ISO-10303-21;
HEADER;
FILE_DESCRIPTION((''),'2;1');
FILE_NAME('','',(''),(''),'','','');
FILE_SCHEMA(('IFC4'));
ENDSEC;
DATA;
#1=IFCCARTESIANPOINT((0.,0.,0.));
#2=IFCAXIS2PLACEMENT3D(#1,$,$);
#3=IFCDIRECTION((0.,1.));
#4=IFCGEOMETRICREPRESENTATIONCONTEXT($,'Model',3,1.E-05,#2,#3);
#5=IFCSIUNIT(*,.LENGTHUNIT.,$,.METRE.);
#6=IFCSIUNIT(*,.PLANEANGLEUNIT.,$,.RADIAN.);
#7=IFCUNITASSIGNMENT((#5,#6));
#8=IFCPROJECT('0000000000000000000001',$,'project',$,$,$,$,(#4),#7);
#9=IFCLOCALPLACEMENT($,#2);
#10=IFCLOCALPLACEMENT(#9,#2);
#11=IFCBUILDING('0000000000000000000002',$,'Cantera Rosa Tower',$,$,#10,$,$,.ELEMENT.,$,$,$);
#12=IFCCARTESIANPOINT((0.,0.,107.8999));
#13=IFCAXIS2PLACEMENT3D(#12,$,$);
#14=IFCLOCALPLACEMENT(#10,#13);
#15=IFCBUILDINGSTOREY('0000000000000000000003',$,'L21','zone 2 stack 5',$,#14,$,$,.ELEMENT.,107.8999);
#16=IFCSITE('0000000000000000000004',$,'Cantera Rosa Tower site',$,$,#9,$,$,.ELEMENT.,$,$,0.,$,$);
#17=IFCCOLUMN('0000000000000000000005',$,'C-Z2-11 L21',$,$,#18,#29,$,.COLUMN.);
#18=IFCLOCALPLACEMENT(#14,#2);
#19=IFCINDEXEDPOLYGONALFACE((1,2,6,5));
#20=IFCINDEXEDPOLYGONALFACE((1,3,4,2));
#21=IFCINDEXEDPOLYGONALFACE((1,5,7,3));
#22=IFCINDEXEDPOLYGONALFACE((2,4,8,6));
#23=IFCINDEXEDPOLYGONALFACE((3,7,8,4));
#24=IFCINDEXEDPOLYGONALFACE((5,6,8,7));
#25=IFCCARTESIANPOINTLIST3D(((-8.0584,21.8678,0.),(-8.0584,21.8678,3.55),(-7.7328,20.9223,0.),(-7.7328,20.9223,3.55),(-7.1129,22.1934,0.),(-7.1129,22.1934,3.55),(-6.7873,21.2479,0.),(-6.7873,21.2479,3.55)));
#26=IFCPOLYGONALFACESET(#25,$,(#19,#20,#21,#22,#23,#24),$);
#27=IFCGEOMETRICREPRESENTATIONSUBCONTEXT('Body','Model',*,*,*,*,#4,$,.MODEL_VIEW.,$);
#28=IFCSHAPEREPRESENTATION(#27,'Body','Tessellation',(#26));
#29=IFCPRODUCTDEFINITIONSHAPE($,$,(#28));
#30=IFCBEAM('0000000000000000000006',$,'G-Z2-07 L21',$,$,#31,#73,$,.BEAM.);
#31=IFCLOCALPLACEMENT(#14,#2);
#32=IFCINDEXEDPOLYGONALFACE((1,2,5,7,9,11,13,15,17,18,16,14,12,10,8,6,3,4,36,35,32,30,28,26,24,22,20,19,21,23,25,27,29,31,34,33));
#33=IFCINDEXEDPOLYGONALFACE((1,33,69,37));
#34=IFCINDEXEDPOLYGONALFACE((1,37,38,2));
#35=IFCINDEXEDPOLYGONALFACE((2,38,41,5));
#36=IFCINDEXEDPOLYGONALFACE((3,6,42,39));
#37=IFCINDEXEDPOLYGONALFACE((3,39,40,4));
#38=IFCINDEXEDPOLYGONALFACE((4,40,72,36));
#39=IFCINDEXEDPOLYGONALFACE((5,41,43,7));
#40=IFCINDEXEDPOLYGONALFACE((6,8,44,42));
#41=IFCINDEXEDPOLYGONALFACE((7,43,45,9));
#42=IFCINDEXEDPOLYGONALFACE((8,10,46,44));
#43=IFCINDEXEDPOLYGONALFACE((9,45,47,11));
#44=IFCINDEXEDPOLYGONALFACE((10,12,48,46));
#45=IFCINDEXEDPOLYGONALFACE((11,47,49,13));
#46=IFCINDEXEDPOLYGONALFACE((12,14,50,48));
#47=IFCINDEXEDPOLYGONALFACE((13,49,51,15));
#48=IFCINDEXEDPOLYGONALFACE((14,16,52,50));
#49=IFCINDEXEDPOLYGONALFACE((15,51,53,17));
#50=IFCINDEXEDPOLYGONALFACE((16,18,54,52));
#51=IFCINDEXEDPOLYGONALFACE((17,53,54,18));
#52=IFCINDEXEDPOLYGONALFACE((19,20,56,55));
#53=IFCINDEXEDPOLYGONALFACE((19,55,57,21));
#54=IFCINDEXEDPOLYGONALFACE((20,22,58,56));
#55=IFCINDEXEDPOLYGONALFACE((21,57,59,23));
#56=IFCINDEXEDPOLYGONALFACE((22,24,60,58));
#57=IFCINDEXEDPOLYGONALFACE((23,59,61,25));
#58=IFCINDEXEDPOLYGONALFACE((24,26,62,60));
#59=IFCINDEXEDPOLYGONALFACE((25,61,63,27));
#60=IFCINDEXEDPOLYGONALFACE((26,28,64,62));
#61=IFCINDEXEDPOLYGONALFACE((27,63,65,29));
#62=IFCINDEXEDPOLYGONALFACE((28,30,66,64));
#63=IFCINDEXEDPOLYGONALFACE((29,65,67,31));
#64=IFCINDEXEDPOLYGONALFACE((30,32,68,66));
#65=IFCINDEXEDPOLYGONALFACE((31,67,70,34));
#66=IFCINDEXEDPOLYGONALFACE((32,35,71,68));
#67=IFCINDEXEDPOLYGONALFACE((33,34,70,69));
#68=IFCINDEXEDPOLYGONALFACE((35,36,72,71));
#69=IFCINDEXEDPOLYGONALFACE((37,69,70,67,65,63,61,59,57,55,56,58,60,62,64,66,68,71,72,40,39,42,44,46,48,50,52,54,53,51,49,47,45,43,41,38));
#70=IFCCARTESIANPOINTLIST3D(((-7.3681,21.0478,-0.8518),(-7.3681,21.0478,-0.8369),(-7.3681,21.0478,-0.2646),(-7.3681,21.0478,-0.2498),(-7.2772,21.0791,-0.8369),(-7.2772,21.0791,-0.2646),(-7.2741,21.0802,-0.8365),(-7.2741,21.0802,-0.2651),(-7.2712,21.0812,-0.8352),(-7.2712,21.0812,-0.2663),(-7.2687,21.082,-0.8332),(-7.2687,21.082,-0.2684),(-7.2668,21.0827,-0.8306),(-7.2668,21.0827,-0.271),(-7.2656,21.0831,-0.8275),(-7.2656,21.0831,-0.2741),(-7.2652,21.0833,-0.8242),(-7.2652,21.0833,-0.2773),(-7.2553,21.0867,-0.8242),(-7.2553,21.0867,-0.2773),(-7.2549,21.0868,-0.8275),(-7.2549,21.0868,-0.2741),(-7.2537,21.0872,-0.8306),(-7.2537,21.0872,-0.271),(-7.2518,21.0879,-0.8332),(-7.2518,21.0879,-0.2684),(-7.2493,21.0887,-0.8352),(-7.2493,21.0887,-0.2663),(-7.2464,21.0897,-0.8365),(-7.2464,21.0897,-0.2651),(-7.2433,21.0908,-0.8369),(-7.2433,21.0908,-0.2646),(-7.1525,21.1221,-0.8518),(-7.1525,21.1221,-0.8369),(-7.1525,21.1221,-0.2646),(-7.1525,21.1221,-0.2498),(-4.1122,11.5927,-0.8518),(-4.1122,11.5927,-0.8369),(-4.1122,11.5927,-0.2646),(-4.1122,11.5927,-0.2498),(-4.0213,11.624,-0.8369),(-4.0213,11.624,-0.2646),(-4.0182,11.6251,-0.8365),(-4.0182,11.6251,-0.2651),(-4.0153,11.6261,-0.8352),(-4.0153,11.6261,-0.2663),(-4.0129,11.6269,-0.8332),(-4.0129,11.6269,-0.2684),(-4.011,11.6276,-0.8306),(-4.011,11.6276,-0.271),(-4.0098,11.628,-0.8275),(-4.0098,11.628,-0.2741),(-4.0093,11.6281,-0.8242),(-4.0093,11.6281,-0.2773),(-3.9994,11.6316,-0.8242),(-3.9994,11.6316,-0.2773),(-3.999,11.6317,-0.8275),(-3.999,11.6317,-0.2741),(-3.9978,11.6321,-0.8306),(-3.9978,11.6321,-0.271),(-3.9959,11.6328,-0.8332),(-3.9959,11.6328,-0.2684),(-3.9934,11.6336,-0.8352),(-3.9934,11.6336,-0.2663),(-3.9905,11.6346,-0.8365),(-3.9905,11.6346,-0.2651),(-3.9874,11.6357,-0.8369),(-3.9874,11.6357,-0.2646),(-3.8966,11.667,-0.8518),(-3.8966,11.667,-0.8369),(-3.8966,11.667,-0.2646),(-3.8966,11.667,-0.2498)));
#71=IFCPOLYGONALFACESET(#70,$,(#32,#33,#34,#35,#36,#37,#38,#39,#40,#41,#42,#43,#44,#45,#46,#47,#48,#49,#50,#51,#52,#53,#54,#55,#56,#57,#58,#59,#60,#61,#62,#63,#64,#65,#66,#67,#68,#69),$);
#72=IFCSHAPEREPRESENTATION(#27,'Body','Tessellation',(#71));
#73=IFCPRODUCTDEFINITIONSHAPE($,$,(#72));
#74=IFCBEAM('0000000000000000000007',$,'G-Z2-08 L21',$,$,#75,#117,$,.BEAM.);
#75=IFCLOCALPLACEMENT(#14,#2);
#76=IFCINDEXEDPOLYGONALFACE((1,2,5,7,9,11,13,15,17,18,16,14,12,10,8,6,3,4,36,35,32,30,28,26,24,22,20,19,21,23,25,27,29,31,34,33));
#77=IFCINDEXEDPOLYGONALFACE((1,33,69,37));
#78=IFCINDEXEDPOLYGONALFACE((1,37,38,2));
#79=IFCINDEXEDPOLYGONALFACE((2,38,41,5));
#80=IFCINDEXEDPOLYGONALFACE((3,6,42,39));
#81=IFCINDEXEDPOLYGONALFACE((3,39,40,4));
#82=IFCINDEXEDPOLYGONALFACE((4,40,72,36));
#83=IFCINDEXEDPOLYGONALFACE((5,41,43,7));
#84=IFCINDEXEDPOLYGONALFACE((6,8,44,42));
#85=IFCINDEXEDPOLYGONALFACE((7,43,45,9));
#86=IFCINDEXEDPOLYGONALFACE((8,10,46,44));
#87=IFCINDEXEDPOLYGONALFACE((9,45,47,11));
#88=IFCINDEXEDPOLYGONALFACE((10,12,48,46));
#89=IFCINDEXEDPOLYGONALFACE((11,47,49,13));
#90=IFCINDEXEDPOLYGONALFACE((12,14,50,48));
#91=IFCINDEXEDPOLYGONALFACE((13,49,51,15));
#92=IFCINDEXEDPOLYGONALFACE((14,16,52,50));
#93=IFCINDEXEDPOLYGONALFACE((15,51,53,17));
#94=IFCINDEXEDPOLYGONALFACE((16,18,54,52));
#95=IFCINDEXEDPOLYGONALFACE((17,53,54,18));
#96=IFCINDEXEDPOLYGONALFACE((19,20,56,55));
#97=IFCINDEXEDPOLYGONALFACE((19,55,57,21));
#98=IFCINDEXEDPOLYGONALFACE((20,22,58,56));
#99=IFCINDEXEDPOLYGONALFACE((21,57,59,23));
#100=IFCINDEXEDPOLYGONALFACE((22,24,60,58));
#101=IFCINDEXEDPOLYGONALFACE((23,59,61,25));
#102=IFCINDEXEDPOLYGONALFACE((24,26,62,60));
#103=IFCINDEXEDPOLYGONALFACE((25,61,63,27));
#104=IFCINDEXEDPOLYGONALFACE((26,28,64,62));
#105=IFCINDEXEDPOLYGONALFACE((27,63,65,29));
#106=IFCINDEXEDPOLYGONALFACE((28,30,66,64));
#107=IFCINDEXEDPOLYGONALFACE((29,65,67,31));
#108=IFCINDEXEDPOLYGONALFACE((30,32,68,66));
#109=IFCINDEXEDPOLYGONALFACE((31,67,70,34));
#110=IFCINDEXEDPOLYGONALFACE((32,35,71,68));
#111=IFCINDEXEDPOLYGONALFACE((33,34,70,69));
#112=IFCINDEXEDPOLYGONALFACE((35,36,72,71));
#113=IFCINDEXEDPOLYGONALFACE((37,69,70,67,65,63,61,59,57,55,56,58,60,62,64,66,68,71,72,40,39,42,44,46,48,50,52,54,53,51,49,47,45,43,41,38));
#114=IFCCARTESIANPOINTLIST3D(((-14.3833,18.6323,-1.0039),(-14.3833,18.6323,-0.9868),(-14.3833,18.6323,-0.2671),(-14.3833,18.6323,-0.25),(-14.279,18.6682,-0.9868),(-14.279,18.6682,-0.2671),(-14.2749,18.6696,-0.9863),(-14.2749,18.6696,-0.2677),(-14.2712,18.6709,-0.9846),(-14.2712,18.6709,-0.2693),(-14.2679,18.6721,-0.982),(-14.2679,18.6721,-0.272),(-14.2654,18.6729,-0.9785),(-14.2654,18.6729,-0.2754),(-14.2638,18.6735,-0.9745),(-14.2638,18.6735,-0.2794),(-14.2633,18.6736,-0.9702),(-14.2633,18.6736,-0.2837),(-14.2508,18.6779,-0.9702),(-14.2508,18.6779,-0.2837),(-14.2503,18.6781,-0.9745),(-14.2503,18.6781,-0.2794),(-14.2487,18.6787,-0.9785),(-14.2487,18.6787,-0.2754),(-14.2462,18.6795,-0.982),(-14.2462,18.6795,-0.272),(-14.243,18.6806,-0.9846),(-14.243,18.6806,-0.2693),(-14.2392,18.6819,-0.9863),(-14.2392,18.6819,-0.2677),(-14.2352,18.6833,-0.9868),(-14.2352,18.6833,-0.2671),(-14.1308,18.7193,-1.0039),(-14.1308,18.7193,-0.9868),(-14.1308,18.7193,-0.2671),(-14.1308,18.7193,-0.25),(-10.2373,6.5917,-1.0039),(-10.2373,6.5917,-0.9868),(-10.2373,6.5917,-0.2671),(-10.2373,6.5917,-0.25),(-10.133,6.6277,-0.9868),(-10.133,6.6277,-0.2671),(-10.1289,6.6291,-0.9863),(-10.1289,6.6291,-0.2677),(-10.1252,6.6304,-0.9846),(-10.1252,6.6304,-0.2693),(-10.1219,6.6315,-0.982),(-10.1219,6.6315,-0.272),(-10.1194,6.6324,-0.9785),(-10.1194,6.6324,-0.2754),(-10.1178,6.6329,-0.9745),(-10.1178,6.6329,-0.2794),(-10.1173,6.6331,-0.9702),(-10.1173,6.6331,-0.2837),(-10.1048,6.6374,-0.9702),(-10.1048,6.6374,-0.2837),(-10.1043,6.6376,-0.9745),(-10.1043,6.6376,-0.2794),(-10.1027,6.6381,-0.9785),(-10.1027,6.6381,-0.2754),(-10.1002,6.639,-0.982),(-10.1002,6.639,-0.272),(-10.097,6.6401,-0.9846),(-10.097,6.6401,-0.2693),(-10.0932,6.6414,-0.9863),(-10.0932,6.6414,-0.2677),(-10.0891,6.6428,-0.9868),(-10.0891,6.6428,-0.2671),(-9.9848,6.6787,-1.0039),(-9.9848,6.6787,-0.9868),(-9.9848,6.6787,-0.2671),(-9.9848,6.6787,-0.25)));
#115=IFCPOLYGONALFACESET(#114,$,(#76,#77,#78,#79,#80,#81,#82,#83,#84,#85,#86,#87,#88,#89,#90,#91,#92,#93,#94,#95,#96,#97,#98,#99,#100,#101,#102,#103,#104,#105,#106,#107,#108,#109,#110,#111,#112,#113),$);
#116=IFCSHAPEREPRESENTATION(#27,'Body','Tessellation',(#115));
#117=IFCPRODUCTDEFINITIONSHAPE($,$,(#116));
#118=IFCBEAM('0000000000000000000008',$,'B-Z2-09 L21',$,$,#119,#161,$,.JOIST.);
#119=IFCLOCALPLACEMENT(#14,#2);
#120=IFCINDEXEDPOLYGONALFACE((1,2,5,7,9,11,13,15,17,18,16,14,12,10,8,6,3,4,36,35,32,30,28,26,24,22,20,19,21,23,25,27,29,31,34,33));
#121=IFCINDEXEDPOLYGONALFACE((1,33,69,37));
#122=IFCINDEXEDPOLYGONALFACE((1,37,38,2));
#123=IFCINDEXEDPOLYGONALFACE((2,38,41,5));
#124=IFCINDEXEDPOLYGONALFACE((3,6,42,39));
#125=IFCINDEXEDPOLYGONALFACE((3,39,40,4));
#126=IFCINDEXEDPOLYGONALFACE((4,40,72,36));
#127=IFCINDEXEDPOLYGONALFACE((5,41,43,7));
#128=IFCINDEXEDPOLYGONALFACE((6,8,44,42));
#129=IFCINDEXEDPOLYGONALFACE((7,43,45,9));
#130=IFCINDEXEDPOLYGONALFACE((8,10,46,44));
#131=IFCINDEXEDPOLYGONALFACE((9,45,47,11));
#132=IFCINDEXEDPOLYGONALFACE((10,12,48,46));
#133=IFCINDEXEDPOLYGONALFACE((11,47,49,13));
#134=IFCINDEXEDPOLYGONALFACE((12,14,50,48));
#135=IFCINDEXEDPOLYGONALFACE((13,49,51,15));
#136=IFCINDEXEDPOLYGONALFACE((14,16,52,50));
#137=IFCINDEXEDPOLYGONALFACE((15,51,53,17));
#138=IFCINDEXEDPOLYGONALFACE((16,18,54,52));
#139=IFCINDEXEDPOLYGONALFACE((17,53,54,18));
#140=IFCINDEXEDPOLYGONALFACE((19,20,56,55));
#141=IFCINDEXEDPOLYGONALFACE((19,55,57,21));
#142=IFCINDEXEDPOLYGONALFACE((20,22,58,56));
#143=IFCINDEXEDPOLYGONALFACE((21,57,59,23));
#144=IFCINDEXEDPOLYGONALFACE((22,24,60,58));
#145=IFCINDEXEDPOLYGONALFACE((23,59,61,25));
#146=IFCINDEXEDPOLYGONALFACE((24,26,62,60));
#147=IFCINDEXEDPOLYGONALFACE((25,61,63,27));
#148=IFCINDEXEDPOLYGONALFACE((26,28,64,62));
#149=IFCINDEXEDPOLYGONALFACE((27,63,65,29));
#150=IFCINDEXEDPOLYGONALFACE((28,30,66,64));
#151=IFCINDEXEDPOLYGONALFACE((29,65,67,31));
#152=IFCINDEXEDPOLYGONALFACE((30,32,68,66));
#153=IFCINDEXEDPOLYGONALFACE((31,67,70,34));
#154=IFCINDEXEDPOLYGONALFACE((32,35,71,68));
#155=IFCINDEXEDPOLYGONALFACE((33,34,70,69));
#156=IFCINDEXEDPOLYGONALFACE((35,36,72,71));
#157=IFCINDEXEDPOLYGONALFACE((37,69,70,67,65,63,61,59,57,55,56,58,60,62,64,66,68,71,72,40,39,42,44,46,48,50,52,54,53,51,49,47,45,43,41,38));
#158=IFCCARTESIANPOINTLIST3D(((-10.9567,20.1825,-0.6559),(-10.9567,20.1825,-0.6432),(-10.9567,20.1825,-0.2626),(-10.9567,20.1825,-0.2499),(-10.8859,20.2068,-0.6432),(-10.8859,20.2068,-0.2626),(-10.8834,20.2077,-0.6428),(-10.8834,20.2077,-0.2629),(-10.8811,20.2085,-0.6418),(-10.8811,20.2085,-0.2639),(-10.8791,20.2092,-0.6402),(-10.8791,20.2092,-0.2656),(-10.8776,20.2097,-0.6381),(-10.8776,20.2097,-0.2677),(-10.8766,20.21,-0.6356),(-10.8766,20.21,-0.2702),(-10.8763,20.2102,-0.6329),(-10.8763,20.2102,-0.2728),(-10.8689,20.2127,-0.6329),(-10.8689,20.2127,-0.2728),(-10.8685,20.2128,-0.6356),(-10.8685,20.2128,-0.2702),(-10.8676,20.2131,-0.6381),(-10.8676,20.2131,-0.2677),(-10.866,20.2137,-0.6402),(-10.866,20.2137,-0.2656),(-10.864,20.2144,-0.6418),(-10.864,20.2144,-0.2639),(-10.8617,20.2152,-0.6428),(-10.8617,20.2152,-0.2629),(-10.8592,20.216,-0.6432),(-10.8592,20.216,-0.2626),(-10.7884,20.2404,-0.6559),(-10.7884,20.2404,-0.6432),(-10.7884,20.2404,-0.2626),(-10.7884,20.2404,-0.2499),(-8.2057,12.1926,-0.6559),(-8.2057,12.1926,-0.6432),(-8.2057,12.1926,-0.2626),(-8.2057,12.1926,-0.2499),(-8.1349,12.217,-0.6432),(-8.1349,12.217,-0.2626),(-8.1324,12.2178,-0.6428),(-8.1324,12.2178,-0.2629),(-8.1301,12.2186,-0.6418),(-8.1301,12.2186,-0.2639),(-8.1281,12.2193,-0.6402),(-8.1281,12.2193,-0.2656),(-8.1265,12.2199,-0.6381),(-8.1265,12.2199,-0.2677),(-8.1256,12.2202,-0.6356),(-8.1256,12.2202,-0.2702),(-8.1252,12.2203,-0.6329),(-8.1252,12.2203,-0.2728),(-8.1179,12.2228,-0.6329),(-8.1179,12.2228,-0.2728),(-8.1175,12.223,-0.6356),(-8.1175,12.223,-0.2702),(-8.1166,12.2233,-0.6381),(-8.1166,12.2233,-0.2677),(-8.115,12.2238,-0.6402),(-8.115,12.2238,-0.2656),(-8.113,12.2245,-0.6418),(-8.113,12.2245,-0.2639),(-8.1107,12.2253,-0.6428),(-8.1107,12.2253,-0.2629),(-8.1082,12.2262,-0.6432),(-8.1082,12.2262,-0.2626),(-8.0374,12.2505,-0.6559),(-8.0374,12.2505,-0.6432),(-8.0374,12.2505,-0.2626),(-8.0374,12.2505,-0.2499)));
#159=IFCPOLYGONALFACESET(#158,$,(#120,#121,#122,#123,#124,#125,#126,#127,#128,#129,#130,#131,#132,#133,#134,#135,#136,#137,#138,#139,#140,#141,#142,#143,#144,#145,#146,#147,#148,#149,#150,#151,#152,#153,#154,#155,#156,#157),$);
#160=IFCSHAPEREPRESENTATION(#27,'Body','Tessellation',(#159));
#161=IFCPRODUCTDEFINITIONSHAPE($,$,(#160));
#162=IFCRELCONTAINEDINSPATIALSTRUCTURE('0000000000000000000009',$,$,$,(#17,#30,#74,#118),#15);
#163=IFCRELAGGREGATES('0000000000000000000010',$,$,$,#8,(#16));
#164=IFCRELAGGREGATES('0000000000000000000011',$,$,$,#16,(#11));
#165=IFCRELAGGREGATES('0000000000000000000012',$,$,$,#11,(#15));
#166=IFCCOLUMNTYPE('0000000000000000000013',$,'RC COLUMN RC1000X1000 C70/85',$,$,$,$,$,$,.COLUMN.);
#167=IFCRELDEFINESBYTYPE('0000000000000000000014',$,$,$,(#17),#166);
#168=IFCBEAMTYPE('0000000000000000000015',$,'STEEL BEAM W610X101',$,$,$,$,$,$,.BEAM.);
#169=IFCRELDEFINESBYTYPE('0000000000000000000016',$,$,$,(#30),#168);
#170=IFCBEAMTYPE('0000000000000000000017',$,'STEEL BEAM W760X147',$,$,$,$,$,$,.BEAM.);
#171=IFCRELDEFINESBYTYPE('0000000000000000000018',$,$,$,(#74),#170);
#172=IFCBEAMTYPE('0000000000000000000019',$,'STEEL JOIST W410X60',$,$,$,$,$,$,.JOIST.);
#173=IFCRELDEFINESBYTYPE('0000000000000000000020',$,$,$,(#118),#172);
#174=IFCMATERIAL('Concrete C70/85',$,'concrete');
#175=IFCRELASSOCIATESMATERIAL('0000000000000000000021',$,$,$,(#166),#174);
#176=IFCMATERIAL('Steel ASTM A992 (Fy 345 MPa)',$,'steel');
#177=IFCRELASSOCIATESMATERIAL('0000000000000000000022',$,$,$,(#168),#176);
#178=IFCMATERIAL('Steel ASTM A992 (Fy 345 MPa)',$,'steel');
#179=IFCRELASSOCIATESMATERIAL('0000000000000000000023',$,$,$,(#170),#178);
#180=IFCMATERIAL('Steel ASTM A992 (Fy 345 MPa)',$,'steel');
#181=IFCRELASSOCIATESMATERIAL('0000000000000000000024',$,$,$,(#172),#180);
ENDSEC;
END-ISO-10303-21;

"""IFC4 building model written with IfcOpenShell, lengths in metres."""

from ifc_helpers import new_model, si_unit, direction, frame, origin, origin_2d, place, context, subcontext, project, spatial, rectangle, i_section, extrude, material, material_profile, profile_set, type_object, element, save


model = new_model("IFC4")

# Units and contexts
model_context = context("Model", 3, precision=1e-05, world=origin(), true_north=direction((0.0, 1.0)))
body_context = subcontext(model_context, "Body", "Model", "MODEL_VIEW")
ifc_project = project(units=[si_unit("LENGTHUNIT", "METRE"), si_unit("PLANEANGLEUNIT", "RADIAN")], contexts=[model_context])

# Site, building, storey
site_placement = place(None, origin())
site = spatial("IfcSite", under=ifc_project, at=site_placement, Name="Cantera Rosa Tower site", CompositionType="ELEMENT", RefElevation=0.0)
building_placement = place(site_placement, origin())
building = spatial("IfcBuilding", under=site, at=building_placement, Name="Cantera Rosa Tower", CompositionType="ELEMENT")
storey_placement = place(building_placement, frame((0.0, 0.0, 107.8999)))
storey = spatial("IfcBuildingStorey", under=building, at=storey_placement, Name="L21", Description="zone 2 stack 5", CompositionType="ELEMENT", Elevation=107.8999)

# Column
ifc_material_1 = material(Name="Concrete C70/85", Category="concrete")
ifc_material_profile_1 = material_profile(ifc_material_1, rectangle(XDim=1.0, YDim=1.0, at=origin_2d()), Name="RC COLUMN RC1000X1000 C70/85")
ifc_profile_set_1 = profile_set([ifc_material_profile_1], Name="Concrete C70/85")
column_type = type_object("IfcColumnType", Name="RC COLUMN RC1000X1000 C70/85", PredefinedType="COLUMN", material=ifc_profile_set_1)
column_placement = place(storey_placement, frame((-7.4229, 21.5579, 0.0), z_axis=(0.0, 0.0, 1.0), x_axis=(0.945519, 0.325568, 0.0)))
element("IfcColumn", 1, at=column_placement, inside=storey, type_object=column_type, Name="C-Z2-11 L21", PredefinedType="COLUMN", context=body_context, shape_type="SweptSolid", body=[
    extrude(rectangle(XDim=1.0, YDim=1.0, at=origin_2d()), origin(), (0.0, 0.0, 1.0), 3.55),
])

# Beams
ifc_material_2 = material(Name="Steel ASTM A992 (Fy 345 MPa)", Category="steel")
ifc_material_profile_2 = material_profile(ifc_material_2, i_section(OverallWidth=0.228, OverallDepth=0.6021, WebThickness=0.0105, FlangeThickness=0.0149, FilletRadius=0.0127, at=origin_2d()), Name="W610X101")
ifc_profile_set_2 = profile_set([ifc_material_profile_2], Name="Steel ASTM A992 (Fy 345 MPa)")
beam_type_1 = type_object("IfcBeamType", Name="STEEL BEAM W610X101", PredefinedType="BEAM", material=ifc_profile_set_2)
beam_1_placement = place(storey_placement, frame((-7.2603, 21.085, -0.5508), z_axis=(0.325587, -0.945512, 0.0), x_axis=(0.945512, 0.325587, 0.0)))
element("IfcBeam", 2, at=beam_1_placement, inside=storey, type_object=beam_type_1, Name="G-Z2-07 L21", PredefinedType="BEAM", context=body_context, shape_type="SweptSolid", body=[
    extrude(i_section(OverallWidth=0.228, OverallDepth=0.6021, WebThickness=0.0105, FlangeThickness=0.0149, FilletRadius=0.0127, at=origin_2d()), origin(), (0.0, 0.0, 1.0), 10.0),
])
ifc_material_3 = material(Name="Steel ASTM A992 (Fy 345 MPa)", Category="steel")
ifc_material_profile_3 = material_profile(ifc_material_3, i_section(OverallWidth=0.2671, OverallDepth=0.7539, WebThickness=0.0132, FlangeThickness=0.0171, FilletRadius=0.0166, at=origin_2d()), Name="W760X147")
ifc_profile_set_3 = profile_set([ifc_material_profile_3], Name="Steel ASTM A992 (Fy 345 MPa)")
beam_type_2 = type_object("IfcBeamType", Name="STEEL BEAM W760X147", PredefinedType="BEAM", material=ifc_profile_set_3)
beam_2_placement = place(storey_placement, frame((-14.2571, 18.6758, -0.627), z_axis=(0.325576, -0.945516, 0.0), x_axis=(0.945516, 0.325576, 0.0)))
element("IfcBeam", 3, at=beam_2_placement, inside=storey, type_object=beam_type_2, Name="G-Z2-08 L21", PredefinedType="BEAM", context=body_context, shape_type="SweptSolid", body=[
    extrude(i_section(OverallWidth=0.2671, OverallDepth=0.7539, WebThickness=0.0132, FlangeThickness=0.0171, FilletRadius=0.0166, at=origin_2d()), origin(), (0.0, 0.0, 1.0), 12.7344),
])
ifc_material_4 = material(Name="Steel ASTM A992 (Fy 345 MPa)", Category="steel")
ifc_material_profile_4 = material_profile(ifc_material_4, i_section(OverallWidth=0.178, OverallDepth=0.406, WebThickness=0.0078, FlangeThickness=0.0127, FilletRadius=0.0103, at=origin_2d()), Name="W410X60")
ifc_profile_set_4 = profile_set([ifc_material_profile_4], Name="Steel ASTM A992 (Fy 345 MPa)")
beam_type_3 = type_object("IfcBeamType", Name="STEEL JOIST W410X60", PredefinedType="JOIST", material=ifc_profile_set_4)
beam_3_placement = place(storey_placement, frame((-10.8726, 20.2114, -0.4529), z_axis=(0.325556, -0.945523, 0.0), x_axis=(0.945523, 0.325556, 0.0)))
element("IfcBeam", 4, at=beam_3_placement, inside=storey, type_object=beam_type_3, Name="B-Z2-09 L21", PredefinedType="JOIST", context=body_context, shape_type="SweptSolid", body=[
    extrude(i_section(OverallWidth=0.178, OverallDepth=0.406, WebThickness=0.0078, FlangeThickness=0.0127, FilletRadius=0.0103, at=origin_2d()), origin(), (0.0, 0.0, 1.0), 8.4502),
])

save(model, "model.ifc")
